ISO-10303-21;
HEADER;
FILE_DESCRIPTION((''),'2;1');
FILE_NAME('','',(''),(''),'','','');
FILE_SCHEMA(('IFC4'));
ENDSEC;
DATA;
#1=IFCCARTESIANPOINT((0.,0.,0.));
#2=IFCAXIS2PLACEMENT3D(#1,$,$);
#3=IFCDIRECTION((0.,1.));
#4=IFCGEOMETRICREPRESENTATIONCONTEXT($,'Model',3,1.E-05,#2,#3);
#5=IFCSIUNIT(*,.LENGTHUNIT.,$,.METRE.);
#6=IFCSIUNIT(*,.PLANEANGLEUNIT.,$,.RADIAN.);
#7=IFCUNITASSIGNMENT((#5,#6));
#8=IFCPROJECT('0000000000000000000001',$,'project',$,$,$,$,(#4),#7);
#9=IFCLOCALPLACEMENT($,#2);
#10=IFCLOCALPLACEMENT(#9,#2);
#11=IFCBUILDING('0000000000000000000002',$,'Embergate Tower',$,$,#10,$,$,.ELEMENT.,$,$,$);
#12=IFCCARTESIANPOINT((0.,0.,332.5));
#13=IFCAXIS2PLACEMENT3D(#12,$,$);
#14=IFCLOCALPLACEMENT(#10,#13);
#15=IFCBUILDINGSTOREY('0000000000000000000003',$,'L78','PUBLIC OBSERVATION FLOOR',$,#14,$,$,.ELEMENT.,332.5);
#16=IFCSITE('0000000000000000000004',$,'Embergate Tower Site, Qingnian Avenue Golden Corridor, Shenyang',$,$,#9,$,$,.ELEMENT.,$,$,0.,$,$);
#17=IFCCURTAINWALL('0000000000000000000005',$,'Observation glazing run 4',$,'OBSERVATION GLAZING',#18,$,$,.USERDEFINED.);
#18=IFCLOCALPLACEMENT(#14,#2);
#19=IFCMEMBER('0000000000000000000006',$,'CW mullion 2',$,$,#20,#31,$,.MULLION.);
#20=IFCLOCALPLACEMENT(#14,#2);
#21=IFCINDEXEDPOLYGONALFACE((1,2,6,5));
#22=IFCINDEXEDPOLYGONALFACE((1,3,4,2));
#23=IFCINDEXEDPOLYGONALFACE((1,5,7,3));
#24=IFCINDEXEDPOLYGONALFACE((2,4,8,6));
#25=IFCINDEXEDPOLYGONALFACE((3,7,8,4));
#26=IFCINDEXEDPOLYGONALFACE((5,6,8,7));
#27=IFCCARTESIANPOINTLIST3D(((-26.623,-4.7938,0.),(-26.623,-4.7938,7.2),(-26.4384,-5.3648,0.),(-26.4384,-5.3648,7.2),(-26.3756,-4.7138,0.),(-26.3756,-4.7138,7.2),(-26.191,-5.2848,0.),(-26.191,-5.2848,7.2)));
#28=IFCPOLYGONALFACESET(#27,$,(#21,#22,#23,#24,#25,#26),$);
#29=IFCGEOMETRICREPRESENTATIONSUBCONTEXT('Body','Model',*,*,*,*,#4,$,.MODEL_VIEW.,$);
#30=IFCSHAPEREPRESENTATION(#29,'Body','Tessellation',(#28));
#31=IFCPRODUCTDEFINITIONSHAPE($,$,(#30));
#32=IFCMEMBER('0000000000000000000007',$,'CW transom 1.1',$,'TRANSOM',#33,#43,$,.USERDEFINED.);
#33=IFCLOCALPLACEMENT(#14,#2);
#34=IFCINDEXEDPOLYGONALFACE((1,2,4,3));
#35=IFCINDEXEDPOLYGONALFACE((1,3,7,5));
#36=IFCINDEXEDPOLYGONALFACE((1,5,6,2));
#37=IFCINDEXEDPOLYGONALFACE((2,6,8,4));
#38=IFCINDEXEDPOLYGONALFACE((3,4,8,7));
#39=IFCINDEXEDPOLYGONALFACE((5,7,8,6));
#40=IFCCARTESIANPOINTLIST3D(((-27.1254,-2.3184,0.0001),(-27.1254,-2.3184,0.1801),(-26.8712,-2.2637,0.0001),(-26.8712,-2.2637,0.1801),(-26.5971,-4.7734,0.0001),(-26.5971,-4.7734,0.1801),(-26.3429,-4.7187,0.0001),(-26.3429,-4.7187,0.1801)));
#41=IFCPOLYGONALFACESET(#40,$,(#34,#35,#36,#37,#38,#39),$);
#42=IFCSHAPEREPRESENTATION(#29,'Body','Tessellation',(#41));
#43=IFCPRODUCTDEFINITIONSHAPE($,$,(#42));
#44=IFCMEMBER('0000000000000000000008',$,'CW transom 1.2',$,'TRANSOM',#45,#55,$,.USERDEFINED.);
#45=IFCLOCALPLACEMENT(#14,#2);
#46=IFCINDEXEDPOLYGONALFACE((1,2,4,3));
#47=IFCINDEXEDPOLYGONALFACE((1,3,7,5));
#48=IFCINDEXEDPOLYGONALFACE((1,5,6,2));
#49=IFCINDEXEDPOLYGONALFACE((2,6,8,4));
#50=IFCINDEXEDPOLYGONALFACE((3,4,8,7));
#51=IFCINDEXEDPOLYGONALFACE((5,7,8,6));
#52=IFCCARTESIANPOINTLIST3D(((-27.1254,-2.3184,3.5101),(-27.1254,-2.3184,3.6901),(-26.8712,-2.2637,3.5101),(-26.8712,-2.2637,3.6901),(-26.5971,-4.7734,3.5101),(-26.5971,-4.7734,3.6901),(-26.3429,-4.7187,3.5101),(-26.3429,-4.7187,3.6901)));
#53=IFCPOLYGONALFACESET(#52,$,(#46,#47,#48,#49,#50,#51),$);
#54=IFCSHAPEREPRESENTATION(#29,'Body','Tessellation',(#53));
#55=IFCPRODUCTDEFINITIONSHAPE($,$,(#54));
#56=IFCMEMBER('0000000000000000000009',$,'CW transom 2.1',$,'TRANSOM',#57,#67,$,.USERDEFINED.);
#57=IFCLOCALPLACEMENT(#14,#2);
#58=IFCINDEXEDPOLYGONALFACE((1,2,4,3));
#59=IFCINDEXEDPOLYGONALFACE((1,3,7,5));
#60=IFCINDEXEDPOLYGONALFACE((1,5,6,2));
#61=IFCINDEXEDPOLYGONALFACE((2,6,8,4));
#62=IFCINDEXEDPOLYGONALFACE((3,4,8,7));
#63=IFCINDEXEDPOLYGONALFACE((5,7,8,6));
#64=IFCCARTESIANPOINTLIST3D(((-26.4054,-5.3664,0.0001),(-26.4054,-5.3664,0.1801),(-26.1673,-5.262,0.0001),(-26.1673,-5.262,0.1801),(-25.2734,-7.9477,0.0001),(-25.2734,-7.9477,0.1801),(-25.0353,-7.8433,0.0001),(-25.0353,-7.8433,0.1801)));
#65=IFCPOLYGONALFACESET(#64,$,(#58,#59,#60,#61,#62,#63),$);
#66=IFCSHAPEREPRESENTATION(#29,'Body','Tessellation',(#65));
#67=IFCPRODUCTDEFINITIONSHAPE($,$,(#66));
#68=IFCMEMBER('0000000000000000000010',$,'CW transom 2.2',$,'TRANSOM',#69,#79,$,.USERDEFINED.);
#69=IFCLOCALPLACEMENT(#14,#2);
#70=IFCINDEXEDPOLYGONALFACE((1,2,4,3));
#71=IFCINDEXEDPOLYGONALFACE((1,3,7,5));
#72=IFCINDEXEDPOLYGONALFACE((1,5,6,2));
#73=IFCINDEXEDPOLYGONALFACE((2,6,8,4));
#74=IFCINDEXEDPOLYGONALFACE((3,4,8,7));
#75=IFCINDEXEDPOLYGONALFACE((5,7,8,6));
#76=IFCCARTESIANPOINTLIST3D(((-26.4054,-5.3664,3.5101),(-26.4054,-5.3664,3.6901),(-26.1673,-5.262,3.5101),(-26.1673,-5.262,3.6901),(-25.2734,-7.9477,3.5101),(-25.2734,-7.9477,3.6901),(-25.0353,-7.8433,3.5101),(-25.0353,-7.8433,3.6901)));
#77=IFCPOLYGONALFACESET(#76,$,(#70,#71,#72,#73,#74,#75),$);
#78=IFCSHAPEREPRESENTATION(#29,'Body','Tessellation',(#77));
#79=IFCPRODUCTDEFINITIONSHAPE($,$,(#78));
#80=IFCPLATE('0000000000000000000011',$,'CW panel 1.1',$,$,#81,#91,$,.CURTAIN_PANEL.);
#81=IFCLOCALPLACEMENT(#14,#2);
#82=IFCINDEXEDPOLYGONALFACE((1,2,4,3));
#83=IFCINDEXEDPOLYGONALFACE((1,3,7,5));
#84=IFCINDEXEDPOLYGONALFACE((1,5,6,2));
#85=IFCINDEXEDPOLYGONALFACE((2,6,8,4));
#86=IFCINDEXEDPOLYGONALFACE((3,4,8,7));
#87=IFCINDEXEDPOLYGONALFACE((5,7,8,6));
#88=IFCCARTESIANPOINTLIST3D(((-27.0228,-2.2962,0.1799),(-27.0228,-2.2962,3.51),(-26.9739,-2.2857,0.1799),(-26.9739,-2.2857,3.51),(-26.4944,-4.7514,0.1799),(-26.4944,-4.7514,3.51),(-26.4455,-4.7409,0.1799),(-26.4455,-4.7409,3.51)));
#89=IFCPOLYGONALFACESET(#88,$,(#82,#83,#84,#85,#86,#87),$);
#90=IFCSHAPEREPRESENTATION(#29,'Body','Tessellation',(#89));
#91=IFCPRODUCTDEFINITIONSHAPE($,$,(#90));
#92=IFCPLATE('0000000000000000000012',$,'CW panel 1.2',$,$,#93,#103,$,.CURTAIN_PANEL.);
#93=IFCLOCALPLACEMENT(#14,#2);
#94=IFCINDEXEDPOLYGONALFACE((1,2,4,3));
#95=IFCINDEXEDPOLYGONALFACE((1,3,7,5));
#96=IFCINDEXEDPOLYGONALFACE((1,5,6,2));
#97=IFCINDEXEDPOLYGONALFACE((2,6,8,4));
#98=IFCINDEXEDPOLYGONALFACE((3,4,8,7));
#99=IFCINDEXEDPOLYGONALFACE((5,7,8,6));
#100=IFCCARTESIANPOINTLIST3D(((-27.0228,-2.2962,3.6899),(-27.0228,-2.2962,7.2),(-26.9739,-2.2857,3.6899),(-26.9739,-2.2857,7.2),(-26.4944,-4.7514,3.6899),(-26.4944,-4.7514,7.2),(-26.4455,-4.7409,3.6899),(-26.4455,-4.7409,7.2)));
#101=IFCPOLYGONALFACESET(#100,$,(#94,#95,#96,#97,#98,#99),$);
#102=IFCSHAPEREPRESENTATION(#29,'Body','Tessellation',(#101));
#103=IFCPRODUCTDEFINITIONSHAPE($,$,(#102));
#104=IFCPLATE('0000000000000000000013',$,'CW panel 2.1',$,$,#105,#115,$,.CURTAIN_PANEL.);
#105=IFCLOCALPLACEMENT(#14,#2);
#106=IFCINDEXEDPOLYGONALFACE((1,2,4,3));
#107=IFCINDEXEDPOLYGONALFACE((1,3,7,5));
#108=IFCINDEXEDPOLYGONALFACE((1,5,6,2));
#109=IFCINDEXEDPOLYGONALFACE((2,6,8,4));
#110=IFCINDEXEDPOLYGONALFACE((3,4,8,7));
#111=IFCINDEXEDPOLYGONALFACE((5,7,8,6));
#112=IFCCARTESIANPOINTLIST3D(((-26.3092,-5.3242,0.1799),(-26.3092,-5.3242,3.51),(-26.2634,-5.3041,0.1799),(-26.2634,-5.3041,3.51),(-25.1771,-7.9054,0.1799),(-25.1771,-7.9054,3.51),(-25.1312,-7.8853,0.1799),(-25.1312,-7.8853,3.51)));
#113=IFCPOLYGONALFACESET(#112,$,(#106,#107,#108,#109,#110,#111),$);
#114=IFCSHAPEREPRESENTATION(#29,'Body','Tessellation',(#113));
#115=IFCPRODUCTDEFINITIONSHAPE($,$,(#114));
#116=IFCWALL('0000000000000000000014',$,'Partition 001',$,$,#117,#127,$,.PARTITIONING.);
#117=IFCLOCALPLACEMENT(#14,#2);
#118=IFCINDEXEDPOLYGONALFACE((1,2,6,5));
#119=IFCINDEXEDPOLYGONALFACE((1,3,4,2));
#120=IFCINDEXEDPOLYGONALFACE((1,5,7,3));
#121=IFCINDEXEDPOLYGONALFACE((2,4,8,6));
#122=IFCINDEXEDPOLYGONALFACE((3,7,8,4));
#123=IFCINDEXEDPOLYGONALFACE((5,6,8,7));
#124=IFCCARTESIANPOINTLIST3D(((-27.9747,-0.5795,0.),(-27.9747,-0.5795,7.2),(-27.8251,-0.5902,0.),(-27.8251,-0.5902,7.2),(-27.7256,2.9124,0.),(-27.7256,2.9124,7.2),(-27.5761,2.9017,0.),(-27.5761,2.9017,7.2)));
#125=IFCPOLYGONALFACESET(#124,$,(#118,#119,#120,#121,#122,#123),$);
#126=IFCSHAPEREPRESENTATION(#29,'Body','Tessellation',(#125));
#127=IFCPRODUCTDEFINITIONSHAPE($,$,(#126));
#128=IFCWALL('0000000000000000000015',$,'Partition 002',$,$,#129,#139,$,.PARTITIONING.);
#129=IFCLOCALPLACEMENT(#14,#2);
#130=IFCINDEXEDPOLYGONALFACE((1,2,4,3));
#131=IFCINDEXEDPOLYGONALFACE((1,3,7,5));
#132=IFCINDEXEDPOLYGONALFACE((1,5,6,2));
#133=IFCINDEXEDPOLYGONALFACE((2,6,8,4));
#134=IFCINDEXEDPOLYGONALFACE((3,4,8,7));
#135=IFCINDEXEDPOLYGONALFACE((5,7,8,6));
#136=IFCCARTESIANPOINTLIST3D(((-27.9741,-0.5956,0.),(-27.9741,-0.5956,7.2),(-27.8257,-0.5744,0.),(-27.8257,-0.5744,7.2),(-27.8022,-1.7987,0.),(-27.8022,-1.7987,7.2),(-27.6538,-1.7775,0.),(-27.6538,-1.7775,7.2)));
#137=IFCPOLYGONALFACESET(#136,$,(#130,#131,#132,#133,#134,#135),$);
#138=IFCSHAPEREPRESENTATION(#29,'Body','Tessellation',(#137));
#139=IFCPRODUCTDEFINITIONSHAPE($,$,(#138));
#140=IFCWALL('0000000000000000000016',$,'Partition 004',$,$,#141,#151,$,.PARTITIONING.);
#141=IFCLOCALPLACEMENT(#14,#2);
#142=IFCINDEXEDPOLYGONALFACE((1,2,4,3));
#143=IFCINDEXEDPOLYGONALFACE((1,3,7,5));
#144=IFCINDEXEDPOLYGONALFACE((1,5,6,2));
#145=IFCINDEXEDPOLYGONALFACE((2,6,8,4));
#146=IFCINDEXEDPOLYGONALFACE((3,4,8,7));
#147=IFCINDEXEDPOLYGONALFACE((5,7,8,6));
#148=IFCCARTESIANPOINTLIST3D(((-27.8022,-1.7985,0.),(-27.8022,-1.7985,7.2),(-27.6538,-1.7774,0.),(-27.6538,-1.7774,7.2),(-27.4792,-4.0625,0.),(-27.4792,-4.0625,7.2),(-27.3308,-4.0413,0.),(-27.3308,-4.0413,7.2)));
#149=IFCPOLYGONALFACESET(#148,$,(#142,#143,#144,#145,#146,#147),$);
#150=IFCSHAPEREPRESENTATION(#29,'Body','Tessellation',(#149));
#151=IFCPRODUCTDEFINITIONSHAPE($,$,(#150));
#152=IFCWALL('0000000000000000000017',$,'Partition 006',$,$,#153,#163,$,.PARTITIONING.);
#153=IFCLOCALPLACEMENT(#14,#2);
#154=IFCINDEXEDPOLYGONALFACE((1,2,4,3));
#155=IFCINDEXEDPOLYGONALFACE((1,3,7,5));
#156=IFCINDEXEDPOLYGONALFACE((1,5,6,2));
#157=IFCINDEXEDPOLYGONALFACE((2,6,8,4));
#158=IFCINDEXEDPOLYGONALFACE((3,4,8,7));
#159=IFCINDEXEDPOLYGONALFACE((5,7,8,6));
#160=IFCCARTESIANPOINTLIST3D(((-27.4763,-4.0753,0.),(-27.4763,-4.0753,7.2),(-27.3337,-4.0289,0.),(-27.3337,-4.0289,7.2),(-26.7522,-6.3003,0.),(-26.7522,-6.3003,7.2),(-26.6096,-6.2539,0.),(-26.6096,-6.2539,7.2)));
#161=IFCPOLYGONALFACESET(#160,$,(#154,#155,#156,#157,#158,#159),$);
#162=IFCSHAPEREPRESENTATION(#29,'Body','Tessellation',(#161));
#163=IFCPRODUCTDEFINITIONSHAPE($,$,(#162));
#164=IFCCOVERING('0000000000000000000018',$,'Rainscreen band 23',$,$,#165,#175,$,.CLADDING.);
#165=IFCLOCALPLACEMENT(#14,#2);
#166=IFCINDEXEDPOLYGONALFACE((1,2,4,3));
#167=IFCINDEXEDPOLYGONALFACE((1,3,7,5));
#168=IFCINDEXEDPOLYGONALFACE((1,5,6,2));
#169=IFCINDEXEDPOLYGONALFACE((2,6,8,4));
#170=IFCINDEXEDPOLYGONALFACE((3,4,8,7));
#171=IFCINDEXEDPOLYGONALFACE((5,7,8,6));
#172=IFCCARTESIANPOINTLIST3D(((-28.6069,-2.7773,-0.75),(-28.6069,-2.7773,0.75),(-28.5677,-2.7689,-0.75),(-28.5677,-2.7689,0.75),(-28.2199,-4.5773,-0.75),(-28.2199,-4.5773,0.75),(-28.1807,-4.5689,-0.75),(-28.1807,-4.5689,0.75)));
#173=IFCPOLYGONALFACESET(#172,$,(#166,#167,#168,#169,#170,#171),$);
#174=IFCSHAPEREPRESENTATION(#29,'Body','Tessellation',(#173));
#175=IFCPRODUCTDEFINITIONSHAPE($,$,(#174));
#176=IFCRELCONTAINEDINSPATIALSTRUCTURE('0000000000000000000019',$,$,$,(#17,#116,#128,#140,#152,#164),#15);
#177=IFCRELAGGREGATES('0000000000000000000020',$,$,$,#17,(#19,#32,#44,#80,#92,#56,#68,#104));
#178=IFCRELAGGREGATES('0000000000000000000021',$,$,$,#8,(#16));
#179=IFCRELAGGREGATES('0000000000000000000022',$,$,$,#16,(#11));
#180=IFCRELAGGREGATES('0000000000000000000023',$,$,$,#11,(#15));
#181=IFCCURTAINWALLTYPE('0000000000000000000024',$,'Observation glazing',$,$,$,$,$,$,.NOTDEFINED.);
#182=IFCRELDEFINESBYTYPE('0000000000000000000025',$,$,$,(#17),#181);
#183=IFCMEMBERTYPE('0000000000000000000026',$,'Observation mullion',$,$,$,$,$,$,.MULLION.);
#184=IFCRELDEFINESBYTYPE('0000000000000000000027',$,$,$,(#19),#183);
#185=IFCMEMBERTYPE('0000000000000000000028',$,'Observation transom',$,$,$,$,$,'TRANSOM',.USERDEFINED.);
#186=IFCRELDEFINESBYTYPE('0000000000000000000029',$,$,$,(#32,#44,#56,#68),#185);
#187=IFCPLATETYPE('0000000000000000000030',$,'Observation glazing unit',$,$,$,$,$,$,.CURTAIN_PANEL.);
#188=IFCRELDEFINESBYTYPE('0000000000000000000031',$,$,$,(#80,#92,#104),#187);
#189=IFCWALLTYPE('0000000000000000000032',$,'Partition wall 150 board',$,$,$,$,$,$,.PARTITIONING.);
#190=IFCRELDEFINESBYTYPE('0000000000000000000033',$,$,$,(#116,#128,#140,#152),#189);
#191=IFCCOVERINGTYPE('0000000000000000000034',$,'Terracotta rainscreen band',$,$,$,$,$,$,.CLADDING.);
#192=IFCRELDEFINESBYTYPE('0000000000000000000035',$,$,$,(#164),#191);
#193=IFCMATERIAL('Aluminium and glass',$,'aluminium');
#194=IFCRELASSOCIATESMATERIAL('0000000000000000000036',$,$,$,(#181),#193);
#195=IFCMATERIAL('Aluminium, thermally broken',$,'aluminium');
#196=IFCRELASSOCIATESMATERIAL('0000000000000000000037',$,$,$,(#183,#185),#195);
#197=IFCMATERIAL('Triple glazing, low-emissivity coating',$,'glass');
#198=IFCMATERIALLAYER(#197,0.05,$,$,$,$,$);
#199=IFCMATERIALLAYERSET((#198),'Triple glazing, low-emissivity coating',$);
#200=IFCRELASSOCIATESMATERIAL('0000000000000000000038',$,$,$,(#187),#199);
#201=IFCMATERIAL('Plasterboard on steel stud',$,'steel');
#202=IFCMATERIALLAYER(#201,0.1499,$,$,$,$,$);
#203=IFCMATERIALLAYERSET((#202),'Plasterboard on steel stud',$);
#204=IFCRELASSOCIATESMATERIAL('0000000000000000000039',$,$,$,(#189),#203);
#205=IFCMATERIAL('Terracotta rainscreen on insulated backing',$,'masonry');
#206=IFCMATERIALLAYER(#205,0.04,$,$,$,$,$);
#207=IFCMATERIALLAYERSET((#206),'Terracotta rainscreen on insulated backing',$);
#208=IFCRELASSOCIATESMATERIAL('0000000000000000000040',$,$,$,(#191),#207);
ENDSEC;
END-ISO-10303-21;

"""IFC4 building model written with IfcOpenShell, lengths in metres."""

from ifc_helpers import new_model, si_unit, direction, frame, frame_2d, origin, origin_2d, place, context, subcontext, project, spatial, rectangle, extrude, source, transform, mapped, material, layer, layer_set, material_profile, profile_set, type_object, element, aggregate, save


model = new_model("IFC4")

# Units and contexts
model_context = context("Model", 3, precision=1e-05, world=origin(), true_north=direction((0.0, 1.0)))
body_context = subcontext(model_context, "Body", "Model", "MODEL_VIEW")
ifc_project = project(units=[si_unit("LENGTHUNIT", "METRE"), si_unit("PLANEANGLEUNIT", "RADIAN")], contexts=[model_context])

# Site, building, storey
site_placement = place(None, origin())
site = spatial("IfcSite", under=ifc_project, at=site_placement, Name="Embergate Tower Site, Qingnian Avenue Golden Corridor, Shenyang", CompositionType="ELEMENT", RefElevation=0.0)
building_placement = place(site_placement, origin())
building = spatial("IfcBuilding", under=site, at=building_placement, Name="Embergate Tower", CompositionType="ELEMENT")
storey_placement = place(building_placement, frame((0.0, 0.0, 332.5)))
storey = spatial("IfcBuildingStorey", under=building, at=storey_placement, Name="L78", Description="PUBLIC OBSERVATION FLOOR", CompositionType="ELEMENT", Elevation=332.5)

# Shared definitions
ifc_material_1 = material(Name="Aluminium and glass", Category="aluminium")
curtain_wall_type = type_object("IfcCurtainWallType", Name="Observation glazing", PredefinedType="NOTDEFINED", material=ifc_material_1)
ifc_material_2 = material(Name="Aluminium, thermally broken", Category="aluminium")
ifc_material_profile_1 = material_profile(ifc_material_2, rectangle(XDim=0.26, YDim=0.6001, at=origin_2d()), Name="AL 600x260")
ifc_profile_set_1 = profile_set([ifc_material_profile_1], Name="Aluminium, thermally broken")
member_type_1 = type_object("IfcMemberType", Name="Observation mullion", PredefinedType="MULLION", material=ifc_profile_set_1)
shared_shape_1 = source(origin(), body_context, "Body", "SweptSolid", [
    extrude(rectangle(XDim=0.26, YDim=0.6001, at=origin_2d()), origin(), (0.0, 0.0, 1.0), 7.2),
])

# Curtain wall, members, plates
curtain_wall_1_placement = place(storey_placement, origin())
curtain_wall_1 = element("IfcCurtainWall", 1, at=curtain_wall_1_placement, inside=storey, type_object=curtain_wall_type, Name="Observation glazing run 4", ObjectType="OBSERVATION GLAZING", PredefinedType="USERDEFINED")
member_1_placement = place(storey_placement, frame((-26.407, -5.0393, 0.0), z_axis=(0.0, 0.0, 1.0), x_axis=(0.951485, 0.307695, 0.0)))
member_1 = element("IfcMember", 2, at=member_1_placement, type_object=member_type_1, Name="CW mullion 2", PredefinedType="MULLION", context=body_context, shape_type="MappedRepresentation", body=[
    mapped(shared_shape_1, transform((0.0, 0.0, 0.0))),
])
ifc_material_profile_2 = material_profile(ifc_material_2, rectangle(XDim=0.26, YDim=0.1799, at=origin_2d()), Name="AL 180x260")
ifc_profile_set_2 = profile_set([ifc_material_profile_2], Name="Aluminium, thermally broken")
member_type_2 = type_object("IfcMemberType", Name="Observation transom", ElementType="TRANSOM", PredefinedType="USERDEFINED", material=ifc_profile_set_2)
shared_shape_2 = source(origin(), body_context, "Body", "SweptSolid", [
    extrude(rectangle(XDim=0.26, YDim=0.1799, at=origin_2d()), origin(), (0.0, 0.0, 1.0), 2.5112),
])
member_2_placement = place(storey_placement, frame((-26.9983, -2.291, 0.0901), z_axis=(0.210379, -0.97762, 0.0), x_axis=(0.97762, 0.210379, 0.0)))
member_2 = element("IfcMember", 3, at=member_2_placement, type_object=member_type_2, Name="CW transom 1.1", ObjectType="TRANSOM", PredefinedType="USERDEFINED", context=body_context, shape_type="MappedRepresentation", body=[
    mapped(shared_shape_2, transform((0.0, 0.0, 0.0))),
])
member_3_placement = place(storey_placement, frame((-26.9983, -2.291, 3.6001), z_axis=(0.210379, -0.97762, 0.0), x_axis=(0.97762, 0.210379, 0.0)))
member_3 = element("IfcMember", 4, at=member_3_placement, type_object=member_type_2, Name="CW transom 1.2", ObjectType="TRANSOM", PredefinedType="USERDEFINED", context=body_context, shape_type="MappedRepresentation", body=[
    mapped(shared_shape_2, transform((0.0, 0.0, 0.0))),
])
shared_shape_3 = source(origin(), body_context, "Body", "SweptSolid", [
    extrude(rectangle(XDim=0.26, YDim=0.1799, at=origin_2d()), origin(), (0.0, 0.0, 1.0), 2.8186),
])
member_4_placement = place(storey_placement, frame((-26.2864, -5.3142, 0.0901), z_axis=(0.401641, -0.915797, 0.0), x_axis=(0.915797, 0.401641, 0.0)))
member_4 = element("IfcMember", 5, at=member_4_placement, type_object=member_type_2, Name="CW transom 2.1", ObjectType="TRANSOM", PredefinedType="USERDEFINED", context=body_context, shape_type="MappedRepresentation", body=[
    mapped(shared_shape_3, transform((0.0, 0.0, 0.0))),
])
member_5_placement = place(storey_placement, frame((-26.2864, -5.3142, 3.6001), z_axis=(0.401641, -0.915797, 0.0), x_axis=(0.915797, 0.401641, 0.0)))
member_5 = element("IfcMember", 6, at=member_5_placement, type_object=member_type_2, Name="CW transom 2.2", ObjectType="TRANSOM", PredefinedType="USERDEFINED", context=body_context, shape_type="MappedRepresentation", body=[
    mapped(shared_shape_3, transform((0.0, 0.0, 0.0))),
])
ifc_material_3 = material(Name="Triple glazing, low-emissivity coating", Category="glass")
ifc_layer_1 = layer(ifc_material_3, 0.05)
ifc_layer_set_1 = layer_set([ifc_layer_1], Name="Triple glazing, low-emissivity coating")
plate_type = type_object("IfcPlateType", Name="Observation glazing unit", PredefinedType="CURTAIN_PANEL", material=ifc_layer_set_1)
shared_shape_4 = source(origin(), body_context, "Body", "SweptSolid", [
    extrude(rectangle(XDim=2.5115, YDim=0.05, at=origin_2d()), origin(), (0.0, 0.0, 1.0), 3.3301),
])
plate_1_placement = place(storey_placement, frame((-26.7341, -3.5186, 0.1799), z_axis=(0.0, 0.0, 1.0), x_axis=(0.210407, -0.977614, 0.0)))
plate_1 = element("IfcPlate", 7, at=plate_1_placement, type_object=plate_type, Name="CW panel 1.1", PredefinedType="CURTAIN_PANEL", context=body_context, shape_type="MappedRepresentation", body=[
    mapped(shared_shape_4, transform((0.0, 0.0, 0.0))),
])
shared_shape_5 = source(origin(), body_context, "Body", "SweptSolid", [
    extrude(rectangle(XDim=2.5115, YDim=0.05, at=origin_2d()), origin(), (0.0, 0.0, 1.0), 3.51),
])
plate_2_placement = place(storey_placement, frame((-26.7341, -3.5186, 3.6899), z_axis=(0.0, 0.0, 1.0), x_axis=(0.210407, -0.977614, 0.0)))
plate_2 = element("IfcPlate", 8, at=plate_2_placement, type_object=plate_type, Name="CW panel 1.2", PredefinedType="CURTAIN_PANEL", context=body_context, shape_type="MappedRepresentation", body=[
    mapped(shared_shape_5, transform((0.0, 0.0, 0.0))),
])
shared_shape_6 = source(origin(), body_context, "Body", "SweptSolid", [
    extrude(rectangle(XDim=2.8186, YDim=0.05, at=origin_2d()), origin(), (0.0, 0.0, 1.0), 3.3301),
])
plate_3_placement = place(storey_placement, frame((-25.7202, -6.6047, 0.1799), z_axis=(0.0, 0.0, 1.0), x_axis=(0.401665, -0.915787, 0.0)))
plate_3 = element("IfcPlate", 9, at=plate_3_placement, type_object=plate_type, Name="CW panel 2.1", PredefinedType="CURTAIN_PANEL", context=body_context, shape_type="MappedRepresentation", body=[
    mapped(shared_shape_6, transform((0.0, 0.0, 0.0))),
])
aggregate(curtain_wall_1, [member_1, member_2, member_3, plate_1, plate_2, member_4, member_5, plate_3])

# Walls
ifc_material_4 = material(Name="Plasterboard on steel stud", Category="steel")
ifc_layer_2 = layer(ifc_material_4, 0.1499)
ifc_layer_set_2 = layer_set([ifc_layer_2], Name="Plasterboard on steel stud")
wall_type = type_object("IfcWallType", Name="Partition wall 150 board", PredefinedType="PARTITIONING", material=ifc_layer_set_2)
shared_shape_7 = source(origin(), body_context, "Body", "SweptSolid", [
    extrude(rectangle(XDim=3.5007, YDim=0.1499, at=frame_2d((1.7505, 0.0))), origin(), (0.0, 0.0, 1.0), 7.2),
])
wall_1_placement = place(storey_placement, frame((-27.8999, -0.585, 0.0), z_axis=(0.0, 0.0, 1.0), x_axis=(0.071133, 0.997467, 0.0)))
element("IfcWall", 10, at=wall_1_placement, inside=storey, type_object=wall_type, Name="Partition 001", PredefinedType="PARTITIONING", context=body_context, shape_type="MappedRepresentation", body=[
    mapped(shared_shape_7, transform((0.0, 0.0, 0.0))),
])
shared_shape_8 = source(origin(), body_context, "Body", "SweptSolid", [
    extrude(rectangle(XDim=1.2153, YDim=0.1499, at=frame_2d((0.6077, 0.0))), origin(), (0.0, 0.0, 1.0), 7.2),
])
wall_2_placement = place(storey_placement, frame((-27.728, -1.7881, 0.0), z_axis=(0.0, 0.0, 1.0), x_axis=(-0.141421, 0.989949, 0.0)))
element("IfcWall", 11, at=wall_2_placement, inside=storey, type_object=wall_type, Name="Partition 002", PredefinedType="PARTITIONING", context=body_context, shape_type="MappedRepresentation", body=[
    mapped(shared_shape_8, transform((0.0, 0.0, 0.0))),
])
shared_shape_9 = source(origin(), body_context, "Body", "SweptSolid", [
    extrude(rectangle(XDim=2.2869, YDim=0.1499, at=frame_2d((1.1436, 0.0))), origin(), (0.0, 0.0, 1.0), 7.2),
])
wall_3_placement = place(storey_placement, frame((-27.405, -4.052, 0.0), z_axis=(0.0, 0.0, 1.0), x_axis=(-0.141242, 0.989975, 0.0)))
element("IfcWall", 12, at=wall_3_placement, inside=storey, type_object=wall_type, Name="Partition 004", PredefinedType="PARTITIONING", context=body_context, shape_type="MappedRepresentation", body=[
    mapped(shared_shape_9, transform((0.0, 0.0, 0.0))),
])
shared_shape_10 = source(origin(), body_context, "Body", "SweptSolid", [
    extrude(rectangle(XDim=2.3398, YDim=0.1499, at=frame_2d((1.1699, 0.0))), origin(), (0.0, 0.0, 1.0), 7.2),
])
wall_4_placement = place(storey_placement, frame((-26.6809, -6.2771, 0.0), z_axis=(0.0, 0.0, 1.0), x_axis=(-0.309459, 0.950913, 0.0)))
element("IfcWall", 13, at=wall_4_placement, inside=storey, type_object=wall_type, Name="Partition 006", PredefinedType="PARTITIONING", context=body_context, shape_type="MappedRepresentation", body=[
    mapped(shared_shape_10, transform((0.0, 0.0, 0.0))),
])

# Covering
ifc_material_5 = material(Name="Terracotta rainscreen on insulated backing", Category="masonry")
ifc_layer_3 = layer(ifc_material_5, 0.04)
ifc_layer_set_3 = layer_set([ifc_layer_3], Name="Terracotta rainscreen on insulated backing")
covering_type = type_object("IfcCoveringType", Name="Terracotta rainscreen band", PredefinedType="CLADDING", material=ifc_layer_set_3)
shared_shape_11 = source(origin(), body_context, "Body", "SweptSolid", [
    extrude(rectangle(XDim=1.8411, YDim=0.04, at=origin_2d()), origin(), (0.0, 0.0, 1.0), 1.5),
])
covering_1_placement = place(storey_placement, frame((-28.3938, -3.6731, -0.75), z_axis=(0.0, 0.0, 1.0), x_axis=(0.210197, -0.977659, 0.0)))
element("IfcCovering", 14, at=covering_1_placement, inside=storey, type_object=covering_type, Name="Rainscreen band 23", PredefinedType="CLADDING", context=body_context, shape_type="MappedRepresentation", body=[
    mapped(shared_shape_11, transform((0.0, 0.0, 0.0))),
])

save(model, "model.ifc")
